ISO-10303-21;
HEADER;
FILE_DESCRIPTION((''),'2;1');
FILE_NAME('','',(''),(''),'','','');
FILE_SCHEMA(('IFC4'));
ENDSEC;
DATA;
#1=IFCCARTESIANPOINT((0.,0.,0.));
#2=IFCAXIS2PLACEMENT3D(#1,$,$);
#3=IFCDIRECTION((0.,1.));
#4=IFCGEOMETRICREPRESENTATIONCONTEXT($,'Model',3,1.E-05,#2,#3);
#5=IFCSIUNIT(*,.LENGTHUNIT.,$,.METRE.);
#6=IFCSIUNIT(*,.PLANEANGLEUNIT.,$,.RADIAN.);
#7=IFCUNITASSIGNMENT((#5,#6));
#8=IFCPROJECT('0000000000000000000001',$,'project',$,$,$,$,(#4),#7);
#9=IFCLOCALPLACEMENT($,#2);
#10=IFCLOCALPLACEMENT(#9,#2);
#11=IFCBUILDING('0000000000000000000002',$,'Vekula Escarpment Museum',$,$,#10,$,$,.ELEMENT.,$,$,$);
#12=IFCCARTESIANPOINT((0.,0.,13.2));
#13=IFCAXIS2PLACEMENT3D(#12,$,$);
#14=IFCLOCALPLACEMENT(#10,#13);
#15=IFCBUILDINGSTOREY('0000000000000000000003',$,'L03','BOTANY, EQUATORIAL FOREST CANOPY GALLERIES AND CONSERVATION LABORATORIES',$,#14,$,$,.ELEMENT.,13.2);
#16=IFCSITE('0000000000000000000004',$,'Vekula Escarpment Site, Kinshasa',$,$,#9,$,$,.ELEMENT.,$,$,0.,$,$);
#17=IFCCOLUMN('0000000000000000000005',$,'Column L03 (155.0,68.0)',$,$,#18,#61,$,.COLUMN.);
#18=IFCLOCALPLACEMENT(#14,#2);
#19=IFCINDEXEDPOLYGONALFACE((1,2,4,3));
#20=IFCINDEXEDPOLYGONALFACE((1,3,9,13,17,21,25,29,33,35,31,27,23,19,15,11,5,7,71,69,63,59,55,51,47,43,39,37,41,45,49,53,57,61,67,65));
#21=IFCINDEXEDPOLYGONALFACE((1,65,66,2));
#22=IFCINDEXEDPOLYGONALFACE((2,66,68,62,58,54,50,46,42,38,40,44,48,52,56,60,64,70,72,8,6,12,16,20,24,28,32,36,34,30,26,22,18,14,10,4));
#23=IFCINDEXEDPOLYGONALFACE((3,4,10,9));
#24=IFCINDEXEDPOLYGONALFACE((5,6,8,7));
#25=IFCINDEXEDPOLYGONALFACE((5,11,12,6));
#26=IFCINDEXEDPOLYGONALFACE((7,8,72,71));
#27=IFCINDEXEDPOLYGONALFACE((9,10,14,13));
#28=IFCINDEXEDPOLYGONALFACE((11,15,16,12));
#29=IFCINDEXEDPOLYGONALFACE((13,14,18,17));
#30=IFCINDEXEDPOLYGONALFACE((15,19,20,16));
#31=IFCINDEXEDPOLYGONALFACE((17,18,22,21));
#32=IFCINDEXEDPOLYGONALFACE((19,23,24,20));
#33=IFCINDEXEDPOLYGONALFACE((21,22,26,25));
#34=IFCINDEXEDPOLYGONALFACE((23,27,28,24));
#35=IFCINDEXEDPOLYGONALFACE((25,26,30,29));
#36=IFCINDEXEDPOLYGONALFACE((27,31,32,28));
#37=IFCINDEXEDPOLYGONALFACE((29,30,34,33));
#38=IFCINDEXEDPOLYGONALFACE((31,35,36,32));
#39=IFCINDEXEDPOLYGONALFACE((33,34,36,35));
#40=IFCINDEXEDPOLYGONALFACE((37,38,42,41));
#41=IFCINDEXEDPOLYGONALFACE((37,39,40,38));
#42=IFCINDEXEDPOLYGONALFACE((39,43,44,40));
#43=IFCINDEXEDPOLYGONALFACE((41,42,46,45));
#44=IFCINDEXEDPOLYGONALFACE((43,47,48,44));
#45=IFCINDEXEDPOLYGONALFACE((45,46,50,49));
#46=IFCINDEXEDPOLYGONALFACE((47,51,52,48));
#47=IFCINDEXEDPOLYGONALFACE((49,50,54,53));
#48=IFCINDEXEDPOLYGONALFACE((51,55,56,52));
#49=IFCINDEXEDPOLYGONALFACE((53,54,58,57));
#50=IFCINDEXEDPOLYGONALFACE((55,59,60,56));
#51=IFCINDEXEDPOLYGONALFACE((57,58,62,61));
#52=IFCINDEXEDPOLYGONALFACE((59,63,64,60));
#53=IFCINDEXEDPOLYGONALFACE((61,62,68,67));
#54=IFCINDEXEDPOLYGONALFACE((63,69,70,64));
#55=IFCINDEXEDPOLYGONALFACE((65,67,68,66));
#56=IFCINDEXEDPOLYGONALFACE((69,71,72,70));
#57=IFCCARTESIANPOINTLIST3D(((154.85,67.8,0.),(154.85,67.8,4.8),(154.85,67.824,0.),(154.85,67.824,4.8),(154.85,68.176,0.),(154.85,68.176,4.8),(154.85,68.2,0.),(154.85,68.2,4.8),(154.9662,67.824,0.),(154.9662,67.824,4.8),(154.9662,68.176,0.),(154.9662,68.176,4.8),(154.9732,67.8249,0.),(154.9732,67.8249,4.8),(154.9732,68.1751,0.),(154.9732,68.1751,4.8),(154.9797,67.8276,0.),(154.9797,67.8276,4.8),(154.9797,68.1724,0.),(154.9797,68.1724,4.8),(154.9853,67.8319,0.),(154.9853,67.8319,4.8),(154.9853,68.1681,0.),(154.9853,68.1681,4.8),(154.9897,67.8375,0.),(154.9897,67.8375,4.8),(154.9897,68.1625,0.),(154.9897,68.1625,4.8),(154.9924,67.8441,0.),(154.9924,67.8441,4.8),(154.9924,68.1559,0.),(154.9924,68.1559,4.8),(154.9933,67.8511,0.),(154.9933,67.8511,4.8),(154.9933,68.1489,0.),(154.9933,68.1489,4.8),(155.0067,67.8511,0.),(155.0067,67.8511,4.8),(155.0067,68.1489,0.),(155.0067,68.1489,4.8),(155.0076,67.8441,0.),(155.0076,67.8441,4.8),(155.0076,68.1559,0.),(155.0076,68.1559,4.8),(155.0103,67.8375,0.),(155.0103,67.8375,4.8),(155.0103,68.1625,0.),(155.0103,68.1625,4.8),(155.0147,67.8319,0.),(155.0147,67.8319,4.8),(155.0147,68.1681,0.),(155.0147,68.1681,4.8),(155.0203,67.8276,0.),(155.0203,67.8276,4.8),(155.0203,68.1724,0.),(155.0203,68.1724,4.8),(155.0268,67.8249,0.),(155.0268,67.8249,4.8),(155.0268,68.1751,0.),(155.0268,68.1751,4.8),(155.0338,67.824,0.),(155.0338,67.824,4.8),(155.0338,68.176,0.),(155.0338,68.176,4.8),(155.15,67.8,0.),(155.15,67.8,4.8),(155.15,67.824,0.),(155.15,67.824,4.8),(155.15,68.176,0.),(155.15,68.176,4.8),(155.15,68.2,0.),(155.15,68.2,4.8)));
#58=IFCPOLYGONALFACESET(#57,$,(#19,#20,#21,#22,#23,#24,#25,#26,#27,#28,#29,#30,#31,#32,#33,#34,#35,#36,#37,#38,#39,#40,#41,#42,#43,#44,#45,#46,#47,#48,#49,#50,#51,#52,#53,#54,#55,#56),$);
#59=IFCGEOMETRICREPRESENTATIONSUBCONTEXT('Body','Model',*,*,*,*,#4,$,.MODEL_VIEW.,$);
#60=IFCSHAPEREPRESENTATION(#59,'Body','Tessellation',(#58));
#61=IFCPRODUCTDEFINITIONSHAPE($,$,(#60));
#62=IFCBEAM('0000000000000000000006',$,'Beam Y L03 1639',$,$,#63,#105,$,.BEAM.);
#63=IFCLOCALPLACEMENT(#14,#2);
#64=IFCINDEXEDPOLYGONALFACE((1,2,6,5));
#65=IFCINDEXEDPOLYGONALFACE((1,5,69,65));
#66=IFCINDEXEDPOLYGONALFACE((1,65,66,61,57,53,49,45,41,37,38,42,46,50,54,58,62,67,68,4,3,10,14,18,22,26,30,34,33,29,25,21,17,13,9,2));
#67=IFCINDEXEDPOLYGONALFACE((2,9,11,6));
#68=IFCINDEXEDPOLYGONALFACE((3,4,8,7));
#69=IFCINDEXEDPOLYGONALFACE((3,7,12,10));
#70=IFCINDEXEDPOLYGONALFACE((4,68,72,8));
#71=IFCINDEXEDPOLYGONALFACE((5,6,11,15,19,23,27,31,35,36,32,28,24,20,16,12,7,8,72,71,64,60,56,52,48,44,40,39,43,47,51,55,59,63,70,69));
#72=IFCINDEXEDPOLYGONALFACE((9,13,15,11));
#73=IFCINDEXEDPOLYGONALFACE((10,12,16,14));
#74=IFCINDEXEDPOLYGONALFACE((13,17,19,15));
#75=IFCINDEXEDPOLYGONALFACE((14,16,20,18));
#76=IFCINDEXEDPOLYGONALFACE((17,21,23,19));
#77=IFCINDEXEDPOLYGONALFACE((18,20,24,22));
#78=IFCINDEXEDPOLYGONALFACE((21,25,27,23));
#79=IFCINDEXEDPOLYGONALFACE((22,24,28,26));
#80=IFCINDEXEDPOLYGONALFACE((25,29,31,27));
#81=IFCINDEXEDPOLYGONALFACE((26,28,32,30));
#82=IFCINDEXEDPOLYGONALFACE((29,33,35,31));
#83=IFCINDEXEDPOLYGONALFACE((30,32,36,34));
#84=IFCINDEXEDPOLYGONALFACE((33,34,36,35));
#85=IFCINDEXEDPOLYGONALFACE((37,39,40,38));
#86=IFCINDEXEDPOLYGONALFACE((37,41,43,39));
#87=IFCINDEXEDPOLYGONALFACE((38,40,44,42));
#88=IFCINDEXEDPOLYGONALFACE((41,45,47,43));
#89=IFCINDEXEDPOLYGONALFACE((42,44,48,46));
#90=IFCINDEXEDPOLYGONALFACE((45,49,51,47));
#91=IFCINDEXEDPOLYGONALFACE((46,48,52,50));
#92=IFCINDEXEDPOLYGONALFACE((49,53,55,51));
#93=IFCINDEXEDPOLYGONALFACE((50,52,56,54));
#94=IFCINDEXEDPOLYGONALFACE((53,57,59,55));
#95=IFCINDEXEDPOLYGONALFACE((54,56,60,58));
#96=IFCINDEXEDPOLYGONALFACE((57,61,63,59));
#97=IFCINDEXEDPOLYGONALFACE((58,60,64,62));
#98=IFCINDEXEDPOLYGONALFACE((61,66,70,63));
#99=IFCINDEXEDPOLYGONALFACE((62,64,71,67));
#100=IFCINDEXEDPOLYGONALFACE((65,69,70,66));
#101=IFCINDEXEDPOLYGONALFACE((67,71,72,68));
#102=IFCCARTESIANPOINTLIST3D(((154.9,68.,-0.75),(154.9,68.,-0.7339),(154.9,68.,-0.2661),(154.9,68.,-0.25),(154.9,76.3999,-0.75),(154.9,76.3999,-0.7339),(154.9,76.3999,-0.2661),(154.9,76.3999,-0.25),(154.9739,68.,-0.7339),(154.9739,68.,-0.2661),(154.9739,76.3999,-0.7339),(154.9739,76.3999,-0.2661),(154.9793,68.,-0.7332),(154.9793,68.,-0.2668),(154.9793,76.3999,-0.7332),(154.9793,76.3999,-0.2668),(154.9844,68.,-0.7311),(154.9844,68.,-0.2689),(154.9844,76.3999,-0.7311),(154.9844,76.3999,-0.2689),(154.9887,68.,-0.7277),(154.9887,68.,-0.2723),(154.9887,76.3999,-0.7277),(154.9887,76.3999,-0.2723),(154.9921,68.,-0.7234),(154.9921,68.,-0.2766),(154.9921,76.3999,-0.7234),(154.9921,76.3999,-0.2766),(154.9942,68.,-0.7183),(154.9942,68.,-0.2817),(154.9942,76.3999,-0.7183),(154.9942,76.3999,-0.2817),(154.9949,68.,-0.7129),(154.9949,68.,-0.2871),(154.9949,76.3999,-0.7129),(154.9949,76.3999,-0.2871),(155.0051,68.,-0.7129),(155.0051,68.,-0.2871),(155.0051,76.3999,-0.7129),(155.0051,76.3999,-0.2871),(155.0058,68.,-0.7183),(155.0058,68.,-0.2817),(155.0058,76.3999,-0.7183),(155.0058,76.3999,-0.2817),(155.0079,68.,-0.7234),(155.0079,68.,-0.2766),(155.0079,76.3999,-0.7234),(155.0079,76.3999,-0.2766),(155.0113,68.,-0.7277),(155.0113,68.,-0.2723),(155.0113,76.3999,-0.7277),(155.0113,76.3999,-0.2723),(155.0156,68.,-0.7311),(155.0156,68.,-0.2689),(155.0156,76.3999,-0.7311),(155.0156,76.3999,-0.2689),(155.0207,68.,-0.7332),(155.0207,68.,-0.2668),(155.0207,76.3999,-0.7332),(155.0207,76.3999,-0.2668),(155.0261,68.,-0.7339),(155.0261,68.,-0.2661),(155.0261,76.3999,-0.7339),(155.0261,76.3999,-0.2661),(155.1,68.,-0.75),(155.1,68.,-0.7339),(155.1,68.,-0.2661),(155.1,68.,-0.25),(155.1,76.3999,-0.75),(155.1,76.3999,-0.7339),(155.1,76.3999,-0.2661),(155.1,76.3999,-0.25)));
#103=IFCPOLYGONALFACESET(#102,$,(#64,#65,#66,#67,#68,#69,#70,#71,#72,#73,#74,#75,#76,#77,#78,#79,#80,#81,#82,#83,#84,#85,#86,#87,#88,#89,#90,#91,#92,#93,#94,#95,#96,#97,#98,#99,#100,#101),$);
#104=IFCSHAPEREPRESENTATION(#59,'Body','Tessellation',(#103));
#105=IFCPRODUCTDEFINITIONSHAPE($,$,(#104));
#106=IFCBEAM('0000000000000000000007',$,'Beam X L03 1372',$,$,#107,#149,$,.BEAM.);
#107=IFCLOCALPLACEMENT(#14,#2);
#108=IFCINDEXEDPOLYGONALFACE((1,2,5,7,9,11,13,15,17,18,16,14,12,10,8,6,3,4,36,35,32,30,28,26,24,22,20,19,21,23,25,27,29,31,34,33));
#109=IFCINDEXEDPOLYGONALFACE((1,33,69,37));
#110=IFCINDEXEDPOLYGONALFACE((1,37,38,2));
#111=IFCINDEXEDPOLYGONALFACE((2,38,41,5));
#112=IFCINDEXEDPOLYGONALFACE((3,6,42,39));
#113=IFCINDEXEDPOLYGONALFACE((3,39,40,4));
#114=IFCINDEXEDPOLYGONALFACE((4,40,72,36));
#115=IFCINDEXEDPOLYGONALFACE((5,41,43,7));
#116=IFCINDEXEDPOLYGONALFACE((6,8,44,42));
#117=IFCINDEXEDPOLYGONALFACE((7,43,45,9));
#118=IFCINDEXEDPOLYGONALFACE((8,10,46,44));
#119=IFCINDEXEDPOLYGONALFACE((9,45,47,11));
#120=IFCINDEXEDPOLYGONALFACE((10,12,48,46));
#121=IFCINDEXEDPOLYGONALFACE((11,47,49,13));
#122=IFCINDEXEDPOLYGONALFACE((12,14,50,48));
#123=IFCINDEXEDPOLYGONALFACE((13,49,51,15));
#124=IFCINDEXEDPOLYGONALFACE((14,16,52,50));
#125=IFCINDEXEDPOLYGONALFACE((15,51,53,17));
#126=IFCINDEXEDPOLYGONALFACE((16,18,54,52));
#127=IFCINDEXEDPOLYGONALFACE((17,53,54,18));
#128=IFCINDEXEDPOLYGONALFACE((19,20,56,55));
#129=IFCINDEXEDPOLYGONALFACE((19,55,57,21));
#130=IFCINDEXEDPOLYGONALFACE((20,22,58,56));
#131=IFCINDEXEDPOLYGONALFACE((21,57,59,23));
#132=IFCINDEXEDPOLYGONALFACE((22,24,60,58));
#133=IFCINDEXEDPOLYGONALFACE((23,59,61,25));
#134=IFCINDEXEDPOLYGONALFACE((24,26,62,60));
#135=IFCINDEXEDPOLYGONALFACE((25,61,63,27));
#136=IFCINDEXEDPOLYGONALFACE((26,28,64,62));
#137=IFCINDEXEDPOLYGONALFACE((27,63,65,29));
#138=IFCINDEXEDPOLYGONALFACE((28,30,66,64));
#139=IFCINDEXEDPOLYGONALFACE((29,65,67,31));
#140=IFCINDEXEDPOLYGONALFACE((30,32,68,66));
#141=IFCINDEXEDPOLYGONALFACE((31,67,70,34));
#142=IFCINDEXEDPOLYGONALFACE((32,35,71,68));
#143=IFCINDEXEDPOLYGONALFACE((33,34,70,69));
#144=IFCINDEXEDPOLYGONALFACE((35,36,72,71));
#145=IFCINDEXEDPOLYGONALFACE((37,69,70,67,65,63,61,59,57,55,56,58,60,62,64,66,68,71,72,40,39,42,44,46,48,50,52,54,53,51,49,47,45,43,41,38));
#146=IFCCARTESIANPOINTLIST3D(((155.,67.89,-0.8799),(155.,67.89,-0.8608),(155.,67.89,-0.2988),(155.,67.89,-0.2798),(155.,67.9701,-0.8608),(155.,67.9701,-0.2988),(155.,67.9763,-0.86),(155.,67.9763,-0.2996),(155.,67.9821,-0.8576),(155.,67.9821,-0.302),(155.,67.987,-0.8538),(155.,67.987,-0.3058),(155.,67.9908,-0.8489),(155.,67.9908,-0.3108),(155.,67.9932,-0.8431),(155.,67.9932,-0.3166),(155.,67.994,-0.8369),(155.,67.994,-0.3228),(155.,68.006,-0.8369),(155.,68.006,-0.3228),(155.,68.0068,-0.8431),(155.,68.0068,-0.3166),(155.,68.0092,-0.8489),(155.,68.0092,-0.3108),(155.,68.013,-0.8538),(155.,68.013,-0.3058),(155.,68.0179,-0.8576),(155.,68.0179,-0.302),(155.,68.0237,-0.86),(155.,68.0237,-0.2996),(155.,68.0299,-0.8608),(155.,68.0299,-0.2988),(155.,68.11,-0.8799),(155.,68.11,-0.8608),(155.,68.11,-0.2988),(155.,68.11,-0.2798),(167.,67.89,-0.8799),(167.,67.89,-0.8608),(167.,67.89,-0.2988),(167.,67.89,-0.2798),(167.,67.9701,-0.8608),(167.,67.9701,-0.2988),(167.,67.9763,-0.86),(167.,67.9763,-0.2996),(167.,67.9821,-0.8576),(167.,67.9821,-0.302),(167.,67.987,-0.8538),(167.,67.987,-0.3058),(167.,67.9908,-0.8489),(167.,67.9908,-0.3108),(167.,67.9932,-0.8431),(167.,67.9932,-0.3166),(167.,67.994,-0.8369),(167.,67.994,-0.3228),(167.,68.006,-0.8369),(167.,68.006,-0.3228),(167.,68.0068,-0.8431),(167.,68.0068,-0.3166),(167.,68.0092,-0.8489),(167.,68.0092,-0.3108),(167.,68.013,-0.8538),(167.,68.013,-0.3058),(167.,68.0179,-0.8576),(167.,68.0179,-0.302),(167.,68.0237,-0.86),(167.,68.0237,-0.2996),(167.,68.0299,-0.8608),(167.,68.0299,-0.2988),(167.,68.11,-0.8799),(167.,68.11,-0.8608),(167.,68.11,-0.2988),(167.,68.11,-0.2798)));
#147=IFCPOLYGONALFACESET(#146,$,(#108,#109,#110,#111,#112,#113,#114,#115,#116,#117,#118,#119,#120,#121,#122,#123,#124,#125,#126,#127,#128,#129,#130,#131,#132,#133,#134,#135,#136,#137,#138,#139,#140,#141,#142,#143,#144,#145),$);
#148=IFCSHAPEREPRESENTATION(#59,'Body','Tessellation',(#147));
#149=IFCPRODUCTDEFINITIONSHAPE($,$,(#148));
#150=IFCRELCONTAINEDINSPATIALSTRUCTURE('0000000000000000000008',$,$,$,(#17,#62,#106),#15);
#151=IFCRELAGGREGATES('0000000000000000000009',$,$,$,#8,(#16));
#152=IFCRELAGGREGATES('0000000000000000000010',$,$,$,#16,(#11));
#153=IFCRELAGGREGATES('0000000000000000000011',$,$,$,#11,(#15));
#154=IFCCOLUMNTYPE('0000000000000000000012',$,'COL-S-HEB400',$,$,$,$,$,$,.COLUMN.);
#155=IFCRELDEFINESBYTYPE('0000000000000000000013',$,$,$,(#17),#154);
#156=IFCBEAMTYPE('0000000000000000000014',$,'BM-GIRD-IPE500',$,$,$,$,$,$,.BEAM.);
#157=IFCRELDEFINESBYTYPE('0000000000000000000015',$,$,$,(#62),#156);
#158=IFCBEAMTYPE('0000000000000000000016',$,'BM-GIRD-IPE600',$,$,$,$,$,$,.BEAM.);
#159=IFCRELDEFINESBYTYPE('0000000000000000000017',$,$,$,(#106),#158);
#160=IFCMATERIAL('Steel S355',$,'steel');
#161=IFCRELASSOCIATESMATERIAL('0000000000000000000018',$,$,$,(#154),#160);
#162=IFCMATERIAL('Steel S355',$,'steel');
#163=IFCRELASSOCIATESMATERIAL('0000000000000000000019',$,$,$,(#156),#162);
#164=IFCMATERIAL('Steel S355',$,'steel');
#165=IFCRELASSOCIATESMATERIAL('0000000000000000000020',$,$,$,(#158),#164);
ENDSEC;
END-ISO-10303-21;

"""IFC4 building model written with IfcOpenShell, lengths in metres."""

from ifc_helpers import new_model, si_unit, direction, frame, origin, origin_2d, place, context, subcontext, project, spatial, i_section, extrude, material, material_profile, profile_set, type_object, element, save


model = new_model("IFC4")

# Units and contexts
model_context = context("Model", 3, precision=1e-05, world=origin(), true_north=direction((0.0, 1.0)))
body_context = subcontext(model_context, "Body", "Model", "MODEL_VIEW")
ifc_project = project(units=[si_unit("LENGTHUNIT", "METRE"), si_unit("PLANEANGLEUNIT", "RADIAN")], contexts=[model_context])

# Site, building, storey
site_placement = place(None, origin())
site = spatial("IfcSite", under=ifc_project, at=site_placement, Name="Vekula Escarpment Site, Kinshasa", CompositionType="ELEMENT", RefElevation=0.0)
building_placement = place(site_placement, origin())
building = spatial("IfcBuilding", under=site, at=building_placement, Name="Vekula Escarpment Museum", CompositionType="ELEMENT")
storey_placement = place(building_placement, frame((0.0, 0.0, 13.2)))
storey = spatial("IfcBuildingStorey", under=building, at=storey_placement, Name="L03", Description="BOTANY, EQUATORIAL FOREST CANOPY GALLERIES AND CONSERVATION LABORATORIES", CompositionType="ELEMENT", Elevation=13.2)

# Column
ifc_material_1 = material(Name="Steel S355", Category="steel")
ifc_material_profile_1 = material_profile(ifc_material_1, i_section(OverallWidth=0.3, OverallDepth=0.3999, WebThickness=0.0134, FlangeThickness=0.0239, FilletRadius=0.0271, at=origin_2d()), Name="HEB 400")
ifc_profile_set_1 = profile_set([ifc_material_profile_1], Name="Steel S355")
column_type = type_object("IfcColumnType", Name="COL-S-HEB400", PredefinedType="COLUMN", material=ifc_profile_set_1)
column_placement = place(storey_placement, frame((155.0, 68.0, 0.0), z_axis=(0.0, 0.0, 1.0), x_axis=(1.0, 0.0, 0.0)))
element("IfcColumn", 1, at=column_placement, inside=storey, type_object=column_type, Name="Column L03 (155.0,68.0)", PredefinedType="COLUMN", context=body_context, shape_type="SweptSolid", body=[
    extrude(i_section(OverallWidth=0.3, OverallDepth=0.3999, WebThickness=0.0134, FlangeThickness=0.0239, FilletRadius=0.0271, at=origin_2d()), origin(), (0.0, 0.0, 1.0), 4.8),
])

# Beams
ifc_material_2 = material(Name="Steel S355", Category="steel")
ifc_material_profile_2 = material_profile(ifc_material_2, i_section(OverallWidth=0.2, OverallDepth=0.5, WebThickness=0.0103, FlangeThickness=0.0161, FilletRadius=0.021, at=origin_2d()), Name="IPE 500")
ifc_profile_set_2 = profile_set([ifc_material_profile_2], Name="Steel S355")
beam_type_1 = type_object("IfcBeamType", Name="BM-GIRD-IPE500", PredefinedType="BEAM", material=ifc_profile_set_2)
beam_1_placement = place(storey_placement, frame((155.0, 68.0, -0.5), z_axis=(0.0, 1.0, 0.0), x_axis=(-1.0, 0.0, 0.0)))
element("IfcBeam", 2, at=beam_1_placement, inside=storey, type_object=beam_type_1, Name="Beam Y L03 1639", PredefinedType="BEAM", context=body_context, shape_type="SweptSolid", body=[
    extrude(i_section(OverallWidth=0.2, OverallDepth=0.5, WebThickness=0.0103, FlangeThickness=0.0161, FilletRadius=0.021, at=origin_2d()), origin(), (0.0, 0.0, 1.0), 8.3999),
])
ifc_material_3 = material(Name="Steel S355", Category="steel")
ifc_material_profile_3 = material_profile(ifc_material_3, i_section(OverallWidth=0.22, OverallDepth=0.6001, WebThickness=0.012, FlangeThickness=0.019, FilletRadius=0.0239, at=origin_2d()), Name="IPE 600")
ifc_profile_set_3 = profile_set([ifc_material_profile_3], Name="Steel S355")
beam_type_2 = type_object("IfcBeamType", Name="BM-GIRD-IPE600", PredefinedType="BEAM", material=ifc_profile_set_3)
beam_2_placement = place(storey_placement, frame((155.0, 68.0, -0.5798), z_axis=(1.0, 0.0, 0.0), x_axis=(0.0, 1.0, 0.0)))
element("IfcBeam", 3, at=beam_2_placement, inside=storey, type_object=beam_type_2, Name="Beam X L03 1372", PredefinedType="BEAM", context=body_context, shape_type="SweptSolid", body=[
    extrude(i_section(OverallWidth=0.22, OverallDepth=0.6001, WebThickness=0.012, FlangeThickness=0.019, FilletRadius=0.0239, at=origin_2d()), origin(), (0.0, 0.0, 1.0), 12.0),
])

save(model, "model.ifc")
